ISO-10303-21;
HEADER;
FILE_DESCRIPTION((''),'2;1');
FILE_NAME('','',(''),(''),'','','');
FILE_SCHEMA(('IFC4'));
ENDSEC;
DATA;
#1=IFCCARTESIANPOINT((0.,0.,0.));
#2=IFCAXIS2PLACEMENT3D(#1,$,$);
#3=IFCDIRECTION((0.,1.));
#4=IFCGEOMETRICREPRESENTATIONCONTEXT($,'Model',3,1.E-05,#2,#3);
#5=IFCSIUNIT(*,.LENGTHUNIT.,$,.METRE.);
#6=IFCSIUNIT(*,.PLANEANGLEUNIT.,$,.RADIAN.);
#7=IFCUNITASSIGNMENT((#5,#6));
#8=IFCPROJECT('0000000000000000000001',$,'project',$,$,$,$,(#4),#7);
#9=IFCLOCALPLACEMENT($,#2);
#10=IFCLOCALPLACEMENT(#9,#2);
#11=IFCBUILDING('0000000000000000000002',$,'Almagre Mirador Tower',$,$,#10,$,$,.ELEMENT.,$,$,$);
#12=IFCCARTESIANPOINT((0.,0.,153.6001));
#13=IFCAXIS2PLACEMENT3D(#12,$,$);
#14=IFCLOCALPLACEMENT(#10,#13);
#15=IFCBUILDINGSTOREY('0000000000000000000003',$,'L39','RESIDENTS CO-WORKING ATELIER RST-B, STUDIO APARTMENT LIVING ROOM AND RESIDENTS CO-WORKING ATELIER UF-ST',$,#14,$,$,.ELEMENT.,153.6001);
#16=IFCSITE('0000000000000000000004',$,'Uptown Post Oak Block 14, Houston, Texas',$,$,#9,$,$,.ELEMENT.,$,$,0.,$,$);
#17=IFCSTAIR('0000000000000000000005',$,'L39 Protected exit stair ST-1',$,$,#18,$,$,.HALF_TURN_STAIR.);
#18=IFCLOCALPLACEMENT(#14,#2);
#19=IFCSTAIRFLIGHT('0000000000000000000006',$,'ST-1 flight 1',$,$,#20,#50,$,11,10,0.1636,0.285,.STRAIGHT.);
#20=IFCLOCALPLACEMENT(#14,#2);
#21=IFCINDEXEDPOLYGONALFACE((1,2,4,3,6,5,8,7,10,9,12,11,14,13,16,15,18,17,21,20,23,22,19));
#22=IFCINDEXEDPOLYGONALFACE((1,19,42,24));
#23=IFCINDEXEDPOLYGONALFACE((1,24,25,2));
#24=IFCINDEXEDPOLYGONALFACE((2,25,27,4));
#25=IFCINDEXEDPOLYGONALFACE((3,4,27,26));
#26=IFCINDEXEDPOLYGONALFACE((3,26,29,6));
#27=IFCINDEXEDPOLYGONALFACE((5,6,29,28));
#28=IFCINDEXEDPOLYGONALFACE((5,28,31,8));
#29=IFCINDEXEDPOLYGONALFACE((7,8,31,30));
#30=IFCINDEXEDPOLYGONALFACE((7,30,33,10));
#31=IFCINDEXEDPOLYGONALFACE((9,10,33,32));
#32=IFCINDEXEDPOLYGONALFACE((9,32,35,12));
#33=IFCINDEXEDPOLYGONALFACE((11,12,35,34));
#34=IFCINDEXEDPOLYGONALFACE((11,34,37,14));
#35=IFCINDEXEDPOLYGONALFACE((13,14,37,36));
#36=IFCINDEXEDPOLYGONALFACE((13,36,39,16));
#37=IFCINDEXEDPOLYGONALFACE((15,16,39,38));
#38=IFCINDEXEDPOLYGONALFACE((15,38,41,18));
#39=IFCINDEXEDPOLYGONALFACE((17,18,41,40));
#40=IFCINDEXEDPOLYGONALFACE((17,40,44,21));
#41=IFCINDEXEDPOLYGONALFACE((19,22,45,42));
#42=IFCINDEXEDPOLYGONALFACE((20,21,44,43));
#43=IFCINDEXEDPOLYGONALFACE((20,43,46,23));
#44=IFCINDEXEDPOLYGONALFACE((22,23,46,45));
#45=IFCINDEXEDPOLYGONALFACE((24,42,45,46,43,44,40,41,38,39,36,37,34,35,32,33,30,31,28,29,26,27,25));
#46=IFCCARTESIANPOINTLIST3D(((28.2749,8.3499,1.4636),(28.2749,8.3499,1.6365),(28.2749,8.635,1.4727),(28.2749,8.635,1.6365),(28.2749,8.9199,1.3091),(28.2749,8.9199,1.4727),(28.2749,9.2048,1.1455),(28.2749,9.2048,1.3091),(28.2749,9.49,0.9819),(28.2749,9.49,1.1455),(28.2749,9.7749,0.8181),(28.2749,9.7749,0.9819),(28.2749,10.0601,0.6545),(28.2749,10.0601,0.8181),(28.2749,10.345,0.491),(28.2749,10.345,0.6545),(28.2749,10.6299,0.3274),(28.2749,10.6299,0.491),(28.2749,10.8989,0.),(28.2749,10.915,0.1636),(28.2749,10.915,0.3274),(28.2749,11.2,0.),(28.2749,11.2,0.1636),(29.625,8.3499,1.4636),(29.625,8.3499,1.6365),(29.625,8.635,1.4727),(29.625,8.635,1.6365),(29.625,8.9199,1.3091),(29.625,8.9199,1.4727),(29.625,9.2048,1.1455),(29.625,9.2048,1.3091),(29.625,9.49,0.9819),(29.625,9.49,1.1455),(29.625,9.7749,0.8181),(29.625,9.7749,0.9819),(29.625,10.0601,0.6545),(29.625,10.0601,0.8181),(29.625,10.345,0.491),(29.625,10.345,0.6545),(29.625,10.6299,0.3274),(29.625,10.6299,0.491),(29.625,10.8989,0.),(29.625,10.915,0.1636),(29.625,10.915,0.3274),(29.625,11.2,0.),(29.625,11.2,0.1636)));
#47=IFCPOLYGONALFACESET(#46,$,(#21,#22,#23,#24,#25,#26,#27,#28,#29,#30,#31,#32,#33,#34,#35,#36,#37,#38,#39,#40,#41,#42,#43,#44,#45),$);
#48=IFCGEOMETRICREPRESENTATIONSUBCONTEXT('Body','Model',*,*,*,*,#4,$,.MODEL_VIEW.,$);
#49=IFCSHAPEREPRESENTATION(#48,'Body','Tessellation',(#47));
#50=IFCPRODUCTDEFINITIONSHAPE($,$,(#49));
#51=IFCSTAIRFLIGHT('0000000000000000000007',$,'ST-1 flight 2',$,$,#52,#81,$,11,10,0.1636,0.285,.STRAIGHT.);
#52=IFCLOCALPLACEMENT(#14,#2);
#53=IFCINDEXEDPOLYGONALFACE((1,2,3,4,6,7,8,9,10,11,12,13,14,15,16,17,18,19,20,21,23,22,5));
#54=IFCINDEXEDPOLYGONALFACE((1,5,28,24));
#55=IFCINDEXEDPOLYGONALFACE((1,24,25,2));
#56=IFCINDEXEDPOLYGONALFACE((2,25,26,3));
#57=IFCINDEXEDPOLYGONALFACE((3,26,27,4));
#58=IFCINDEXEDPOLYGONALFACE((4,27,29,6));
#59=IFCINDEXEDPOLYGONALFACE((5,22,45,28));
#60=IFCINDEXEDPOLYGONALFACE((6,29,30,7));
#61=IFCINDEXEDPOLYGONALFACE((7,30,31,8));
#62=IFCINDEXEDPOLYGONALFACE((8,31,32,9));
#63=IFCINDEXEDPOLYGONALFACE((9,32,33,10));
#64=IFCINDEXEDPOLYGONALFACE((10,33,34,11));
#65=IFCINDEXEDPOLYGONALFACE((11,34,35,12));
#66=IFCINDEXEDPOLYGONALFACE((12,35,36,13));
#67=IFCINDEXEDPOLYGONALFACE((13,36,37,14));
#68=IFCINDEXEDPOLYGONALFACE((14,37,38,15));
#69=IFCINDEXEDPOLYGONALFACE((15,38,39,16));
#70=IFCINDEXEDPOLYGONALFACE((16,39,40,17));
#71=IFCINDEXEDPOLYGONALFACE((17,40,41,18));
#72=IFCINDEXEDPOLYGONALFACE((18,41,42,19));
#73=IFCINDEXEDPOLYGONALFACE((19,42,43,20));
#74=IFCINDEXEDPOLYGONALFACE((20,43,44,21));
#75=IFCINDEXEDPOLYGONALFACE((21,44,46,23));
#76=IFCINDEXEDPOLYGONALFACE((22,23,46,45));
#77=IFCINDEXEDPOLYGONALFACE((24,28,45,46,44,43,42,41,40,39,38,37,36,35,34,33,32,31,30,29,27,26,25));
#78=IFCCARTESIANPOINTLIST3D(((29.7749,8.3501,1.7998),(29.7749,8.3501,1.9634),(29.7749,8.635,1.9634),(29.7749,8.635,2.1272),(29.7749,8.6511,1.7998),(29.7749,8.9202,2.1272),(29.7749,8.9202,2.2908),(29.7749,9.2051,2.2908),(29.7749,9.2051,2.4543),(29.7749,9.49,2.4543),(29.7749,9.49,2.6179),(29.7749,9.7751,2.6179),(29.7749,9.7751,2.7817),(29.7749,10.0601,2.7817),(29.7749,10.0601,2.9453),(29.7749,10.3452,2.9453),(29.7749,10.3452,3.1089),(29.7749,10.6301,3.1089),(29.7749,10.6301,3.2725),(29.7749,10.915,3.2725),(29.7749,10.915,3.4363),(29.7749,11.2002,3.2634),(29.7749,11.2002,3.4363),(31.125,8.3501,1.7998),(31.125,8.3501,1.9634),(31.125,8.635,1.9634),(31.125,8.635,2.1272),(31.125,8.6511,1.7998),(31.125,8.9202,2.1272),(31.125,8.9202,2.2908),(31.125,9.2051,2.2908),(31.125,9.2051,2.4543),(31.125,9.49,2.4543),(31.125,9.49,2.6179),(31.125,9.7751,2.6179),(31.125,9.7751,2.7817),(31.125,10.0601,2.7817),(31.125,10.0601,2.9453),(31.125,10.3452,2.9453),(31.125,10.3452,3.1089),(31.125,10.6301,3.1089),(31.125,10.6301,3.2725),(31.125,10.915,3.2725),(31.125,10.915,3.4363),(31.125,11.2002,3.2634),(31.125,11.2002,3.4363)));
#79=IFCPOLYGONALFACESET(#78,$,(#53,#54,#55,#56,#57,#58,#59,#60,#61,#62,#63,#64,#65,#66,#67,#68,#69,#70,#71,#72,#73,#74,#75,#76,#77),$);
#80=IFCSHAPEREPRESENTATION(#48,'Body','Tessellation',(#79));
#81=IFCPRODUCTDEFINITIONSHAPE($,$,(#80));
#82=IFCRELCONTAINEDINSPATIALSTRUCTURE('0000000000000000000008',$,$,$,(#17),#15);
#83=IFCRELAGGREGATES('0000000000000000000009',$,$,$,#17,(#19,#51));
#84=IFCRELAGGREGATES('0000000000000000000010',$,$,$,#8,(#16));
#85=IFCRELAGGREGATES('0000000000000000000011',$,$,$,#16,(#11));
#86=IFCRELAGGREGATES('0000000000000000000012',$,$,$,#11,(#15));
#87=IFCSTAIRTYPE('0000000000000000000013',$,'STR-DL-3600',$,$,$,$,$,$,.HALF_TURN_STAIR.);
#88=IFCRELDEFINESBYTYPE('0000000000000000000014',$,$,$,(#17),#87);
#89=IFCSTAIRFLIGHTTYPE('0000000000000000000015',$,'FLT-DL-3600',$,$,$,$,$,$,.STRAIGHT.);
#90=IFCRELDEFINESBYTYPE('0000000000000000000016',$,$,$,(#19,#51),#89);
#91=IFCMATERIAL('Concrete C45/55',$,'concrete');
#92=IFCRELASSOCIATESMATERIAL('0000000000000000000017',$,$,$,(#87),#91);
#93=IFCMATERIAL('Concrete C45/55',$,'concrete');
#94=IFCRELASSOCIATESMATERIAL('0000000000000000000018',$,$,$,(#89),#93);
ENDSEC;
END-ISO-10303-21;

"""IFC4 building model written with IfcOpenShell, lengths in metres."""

from ifc_helpers import new_model, si_unit, direction, frame, origin, place, context, subcontext, project, spatial, polyline, outline, extrude, material, type_object, element, aggregate, save


model = new_model("IFC4")

# Units and contexts
model_context = context("Model", 3, precision=1e-05, world=origin(), true_north=direction((0.0, 1.0)))
body_context = subcontext(model_context, "Body", "Model", "MODEL_VIEW")
ifc_project = project(units=[si_unit("LENGTHUNIT", "METRE"), si_unit("PLANEANGLEUNIT", "RADIAN")], contexts=[model_context])

# Site, building, storey
site_placement = place(None, origin())
site = spatial("IfcSite", under=ifc_project, at=site_placement, Name="Uptown Post Oak Block 14, Houston, Texas", CompositionType="ELEMENT", RefElevation=0.0)
building_placement = place(site_placement, origin())
building = spatial("IfcBuilding", under=site, at=building_placement, Name="Almagre Mirador Tower", CompositionType="ELEMENT")
storey_placement = place(building_placement, frame((0.0, 0.0, 153.6001)))
storey = spatial("IfcBuildingStorey", under=building, at=storey_placement, Name="L39", Description="RESIDENTS CO-WORKING ATELIER RST-B, STUDIO APARTMENT LIVING ROOM AND RESIDENTS CO-WORKING ATELIER UF-ST", CompositionType="ELEMENT", Elevation=153.6001)

# Stair, stair flights
ifc_material_1 = material(Name="Concrete C45/55", Category="concrete")
stair_type = type_object("IfcStairType", Name="STR-DL-3600", PredefinedType="HALF_TURN_STAIR", material=ifc_material_1)
stair_placement = place(storey_placement, origin())
stair = element("IfcStair", 1, at=stair_placement, inside=storey, type_object=stair_type, Name="L39 Protected exit stair ST-1", PredefinedType="HALF_TURN_STAIR")
ifc_material_2 = material(Name="Concrete C45/55", Category="concrete")
stair_flight_type = type_object("IfcStairFlightType", Name="FLT-DL-3600", PredefinedType="STRAIGHT", material=ifc_material_2)
stair_flight_1_placement = place(storey_placement, frame((28.95, 11.2, 0.0), z_axis=(0.0, 0.0, 1.0), x_axis=(0.0, -1.0, 0.0)))
stair_flight_1 = element("IfcStairFlight", 2, at=stair_flight_1_placement, type_object=stair_flight_type, Name="ST-1 flight 1", NumberOfRisers=11, NumberOfTreads=10, PredefinedType="STRAIGHT", RiserHeight=0.1636, TreadLength=0.285, context=body_context, shape_type="SweptSolid", body=[
    extrude(outline(polyline([(0.0, 0.0), (0.0, 0.1636), (0.2849, 0.1636), (0.2849, 0.3274), (0.5701, 0.3274), (0.5701, 0.491), (0.855, 0.491), (0.855, 0.6545), (1.1399, 0.6545), (1.1399, 0.8181), (1.425, 0.8181), (1.425, 0.9819), (1.71, 0.9819), (1.71, 1.1455), (1.9951, 1.1455), (1.9951, 1.3091), (2.28, 1.3091), (2.28, 1.4727), (2.5649, 1.4727), (2.5649, 1.6365), (2.8501, 1.6365), (2.8501, 1.8), (2.8501, 1.4636), (0.301, 0.0), (0.0, 0.0)])), frame((0.0, 0.675, 0.0), z_axis=(0.0, -1.0, 0.0), x_axis=(1.0, 0.0, 0.0)), (0.0, 0.0, 1.0), 1.3501),
])
stair_flight_2_placement = place(storey_placement, frame((30.45, 8.3501, 1.7998), z_axis=(0.0, 0.0, 1.0), x_axis=(0.0, 1.0, 0.0)))
stair_flight_2 = element("IfcStairFlight", 3, at=stair_flight_2_placement, type_object=stair_flight_type, Name="ST-1 flight 2", NumberOfRisers=11, NumberOfTreads=10, PredefinedType="STRAIGHT", RiserHeight=0.1636, TreadLength=0.285, context=body_context, shape_type="SweptSolid", body=[
    extrude(outline(polyline([(0.0, 0.0), (0.0, 0.1636), (0.2849, 0.1636), (0.2849, 0.3274), (0.5701, 0.3274), (0.5701, 0.491), (0.855, 0.491), (0.855, 0.6545), (1.1399, 0.6545), (1.1399, 0.8181), (1.425, 0.8181), (1.425, 0.9819), (1.71, 0.9819), (1.71, 1.1455), (1.9951, 1.1455), (1.9951, 1.3091), (2.28, 1.3091), (2.28, 1.4727), (2.5649, 1.4727), (2.5649, 1.6365), (2.8501, 1.6365), (2.8501, 1.8), (2.8501, 1.4636), (0.301, 0.0), (0.0, 0.0)])), frame((0.0, 0.675, 0.0), z_axis=(0.0, -1.0, 0.0), x_axis=(1.0, 0.0, 0.0)), (0.0, 0.0, 1.0), 1.3501),
])
aggregate(stair, [stair_flight_1, stair_flight_2])

save(model, "model.ifc")
